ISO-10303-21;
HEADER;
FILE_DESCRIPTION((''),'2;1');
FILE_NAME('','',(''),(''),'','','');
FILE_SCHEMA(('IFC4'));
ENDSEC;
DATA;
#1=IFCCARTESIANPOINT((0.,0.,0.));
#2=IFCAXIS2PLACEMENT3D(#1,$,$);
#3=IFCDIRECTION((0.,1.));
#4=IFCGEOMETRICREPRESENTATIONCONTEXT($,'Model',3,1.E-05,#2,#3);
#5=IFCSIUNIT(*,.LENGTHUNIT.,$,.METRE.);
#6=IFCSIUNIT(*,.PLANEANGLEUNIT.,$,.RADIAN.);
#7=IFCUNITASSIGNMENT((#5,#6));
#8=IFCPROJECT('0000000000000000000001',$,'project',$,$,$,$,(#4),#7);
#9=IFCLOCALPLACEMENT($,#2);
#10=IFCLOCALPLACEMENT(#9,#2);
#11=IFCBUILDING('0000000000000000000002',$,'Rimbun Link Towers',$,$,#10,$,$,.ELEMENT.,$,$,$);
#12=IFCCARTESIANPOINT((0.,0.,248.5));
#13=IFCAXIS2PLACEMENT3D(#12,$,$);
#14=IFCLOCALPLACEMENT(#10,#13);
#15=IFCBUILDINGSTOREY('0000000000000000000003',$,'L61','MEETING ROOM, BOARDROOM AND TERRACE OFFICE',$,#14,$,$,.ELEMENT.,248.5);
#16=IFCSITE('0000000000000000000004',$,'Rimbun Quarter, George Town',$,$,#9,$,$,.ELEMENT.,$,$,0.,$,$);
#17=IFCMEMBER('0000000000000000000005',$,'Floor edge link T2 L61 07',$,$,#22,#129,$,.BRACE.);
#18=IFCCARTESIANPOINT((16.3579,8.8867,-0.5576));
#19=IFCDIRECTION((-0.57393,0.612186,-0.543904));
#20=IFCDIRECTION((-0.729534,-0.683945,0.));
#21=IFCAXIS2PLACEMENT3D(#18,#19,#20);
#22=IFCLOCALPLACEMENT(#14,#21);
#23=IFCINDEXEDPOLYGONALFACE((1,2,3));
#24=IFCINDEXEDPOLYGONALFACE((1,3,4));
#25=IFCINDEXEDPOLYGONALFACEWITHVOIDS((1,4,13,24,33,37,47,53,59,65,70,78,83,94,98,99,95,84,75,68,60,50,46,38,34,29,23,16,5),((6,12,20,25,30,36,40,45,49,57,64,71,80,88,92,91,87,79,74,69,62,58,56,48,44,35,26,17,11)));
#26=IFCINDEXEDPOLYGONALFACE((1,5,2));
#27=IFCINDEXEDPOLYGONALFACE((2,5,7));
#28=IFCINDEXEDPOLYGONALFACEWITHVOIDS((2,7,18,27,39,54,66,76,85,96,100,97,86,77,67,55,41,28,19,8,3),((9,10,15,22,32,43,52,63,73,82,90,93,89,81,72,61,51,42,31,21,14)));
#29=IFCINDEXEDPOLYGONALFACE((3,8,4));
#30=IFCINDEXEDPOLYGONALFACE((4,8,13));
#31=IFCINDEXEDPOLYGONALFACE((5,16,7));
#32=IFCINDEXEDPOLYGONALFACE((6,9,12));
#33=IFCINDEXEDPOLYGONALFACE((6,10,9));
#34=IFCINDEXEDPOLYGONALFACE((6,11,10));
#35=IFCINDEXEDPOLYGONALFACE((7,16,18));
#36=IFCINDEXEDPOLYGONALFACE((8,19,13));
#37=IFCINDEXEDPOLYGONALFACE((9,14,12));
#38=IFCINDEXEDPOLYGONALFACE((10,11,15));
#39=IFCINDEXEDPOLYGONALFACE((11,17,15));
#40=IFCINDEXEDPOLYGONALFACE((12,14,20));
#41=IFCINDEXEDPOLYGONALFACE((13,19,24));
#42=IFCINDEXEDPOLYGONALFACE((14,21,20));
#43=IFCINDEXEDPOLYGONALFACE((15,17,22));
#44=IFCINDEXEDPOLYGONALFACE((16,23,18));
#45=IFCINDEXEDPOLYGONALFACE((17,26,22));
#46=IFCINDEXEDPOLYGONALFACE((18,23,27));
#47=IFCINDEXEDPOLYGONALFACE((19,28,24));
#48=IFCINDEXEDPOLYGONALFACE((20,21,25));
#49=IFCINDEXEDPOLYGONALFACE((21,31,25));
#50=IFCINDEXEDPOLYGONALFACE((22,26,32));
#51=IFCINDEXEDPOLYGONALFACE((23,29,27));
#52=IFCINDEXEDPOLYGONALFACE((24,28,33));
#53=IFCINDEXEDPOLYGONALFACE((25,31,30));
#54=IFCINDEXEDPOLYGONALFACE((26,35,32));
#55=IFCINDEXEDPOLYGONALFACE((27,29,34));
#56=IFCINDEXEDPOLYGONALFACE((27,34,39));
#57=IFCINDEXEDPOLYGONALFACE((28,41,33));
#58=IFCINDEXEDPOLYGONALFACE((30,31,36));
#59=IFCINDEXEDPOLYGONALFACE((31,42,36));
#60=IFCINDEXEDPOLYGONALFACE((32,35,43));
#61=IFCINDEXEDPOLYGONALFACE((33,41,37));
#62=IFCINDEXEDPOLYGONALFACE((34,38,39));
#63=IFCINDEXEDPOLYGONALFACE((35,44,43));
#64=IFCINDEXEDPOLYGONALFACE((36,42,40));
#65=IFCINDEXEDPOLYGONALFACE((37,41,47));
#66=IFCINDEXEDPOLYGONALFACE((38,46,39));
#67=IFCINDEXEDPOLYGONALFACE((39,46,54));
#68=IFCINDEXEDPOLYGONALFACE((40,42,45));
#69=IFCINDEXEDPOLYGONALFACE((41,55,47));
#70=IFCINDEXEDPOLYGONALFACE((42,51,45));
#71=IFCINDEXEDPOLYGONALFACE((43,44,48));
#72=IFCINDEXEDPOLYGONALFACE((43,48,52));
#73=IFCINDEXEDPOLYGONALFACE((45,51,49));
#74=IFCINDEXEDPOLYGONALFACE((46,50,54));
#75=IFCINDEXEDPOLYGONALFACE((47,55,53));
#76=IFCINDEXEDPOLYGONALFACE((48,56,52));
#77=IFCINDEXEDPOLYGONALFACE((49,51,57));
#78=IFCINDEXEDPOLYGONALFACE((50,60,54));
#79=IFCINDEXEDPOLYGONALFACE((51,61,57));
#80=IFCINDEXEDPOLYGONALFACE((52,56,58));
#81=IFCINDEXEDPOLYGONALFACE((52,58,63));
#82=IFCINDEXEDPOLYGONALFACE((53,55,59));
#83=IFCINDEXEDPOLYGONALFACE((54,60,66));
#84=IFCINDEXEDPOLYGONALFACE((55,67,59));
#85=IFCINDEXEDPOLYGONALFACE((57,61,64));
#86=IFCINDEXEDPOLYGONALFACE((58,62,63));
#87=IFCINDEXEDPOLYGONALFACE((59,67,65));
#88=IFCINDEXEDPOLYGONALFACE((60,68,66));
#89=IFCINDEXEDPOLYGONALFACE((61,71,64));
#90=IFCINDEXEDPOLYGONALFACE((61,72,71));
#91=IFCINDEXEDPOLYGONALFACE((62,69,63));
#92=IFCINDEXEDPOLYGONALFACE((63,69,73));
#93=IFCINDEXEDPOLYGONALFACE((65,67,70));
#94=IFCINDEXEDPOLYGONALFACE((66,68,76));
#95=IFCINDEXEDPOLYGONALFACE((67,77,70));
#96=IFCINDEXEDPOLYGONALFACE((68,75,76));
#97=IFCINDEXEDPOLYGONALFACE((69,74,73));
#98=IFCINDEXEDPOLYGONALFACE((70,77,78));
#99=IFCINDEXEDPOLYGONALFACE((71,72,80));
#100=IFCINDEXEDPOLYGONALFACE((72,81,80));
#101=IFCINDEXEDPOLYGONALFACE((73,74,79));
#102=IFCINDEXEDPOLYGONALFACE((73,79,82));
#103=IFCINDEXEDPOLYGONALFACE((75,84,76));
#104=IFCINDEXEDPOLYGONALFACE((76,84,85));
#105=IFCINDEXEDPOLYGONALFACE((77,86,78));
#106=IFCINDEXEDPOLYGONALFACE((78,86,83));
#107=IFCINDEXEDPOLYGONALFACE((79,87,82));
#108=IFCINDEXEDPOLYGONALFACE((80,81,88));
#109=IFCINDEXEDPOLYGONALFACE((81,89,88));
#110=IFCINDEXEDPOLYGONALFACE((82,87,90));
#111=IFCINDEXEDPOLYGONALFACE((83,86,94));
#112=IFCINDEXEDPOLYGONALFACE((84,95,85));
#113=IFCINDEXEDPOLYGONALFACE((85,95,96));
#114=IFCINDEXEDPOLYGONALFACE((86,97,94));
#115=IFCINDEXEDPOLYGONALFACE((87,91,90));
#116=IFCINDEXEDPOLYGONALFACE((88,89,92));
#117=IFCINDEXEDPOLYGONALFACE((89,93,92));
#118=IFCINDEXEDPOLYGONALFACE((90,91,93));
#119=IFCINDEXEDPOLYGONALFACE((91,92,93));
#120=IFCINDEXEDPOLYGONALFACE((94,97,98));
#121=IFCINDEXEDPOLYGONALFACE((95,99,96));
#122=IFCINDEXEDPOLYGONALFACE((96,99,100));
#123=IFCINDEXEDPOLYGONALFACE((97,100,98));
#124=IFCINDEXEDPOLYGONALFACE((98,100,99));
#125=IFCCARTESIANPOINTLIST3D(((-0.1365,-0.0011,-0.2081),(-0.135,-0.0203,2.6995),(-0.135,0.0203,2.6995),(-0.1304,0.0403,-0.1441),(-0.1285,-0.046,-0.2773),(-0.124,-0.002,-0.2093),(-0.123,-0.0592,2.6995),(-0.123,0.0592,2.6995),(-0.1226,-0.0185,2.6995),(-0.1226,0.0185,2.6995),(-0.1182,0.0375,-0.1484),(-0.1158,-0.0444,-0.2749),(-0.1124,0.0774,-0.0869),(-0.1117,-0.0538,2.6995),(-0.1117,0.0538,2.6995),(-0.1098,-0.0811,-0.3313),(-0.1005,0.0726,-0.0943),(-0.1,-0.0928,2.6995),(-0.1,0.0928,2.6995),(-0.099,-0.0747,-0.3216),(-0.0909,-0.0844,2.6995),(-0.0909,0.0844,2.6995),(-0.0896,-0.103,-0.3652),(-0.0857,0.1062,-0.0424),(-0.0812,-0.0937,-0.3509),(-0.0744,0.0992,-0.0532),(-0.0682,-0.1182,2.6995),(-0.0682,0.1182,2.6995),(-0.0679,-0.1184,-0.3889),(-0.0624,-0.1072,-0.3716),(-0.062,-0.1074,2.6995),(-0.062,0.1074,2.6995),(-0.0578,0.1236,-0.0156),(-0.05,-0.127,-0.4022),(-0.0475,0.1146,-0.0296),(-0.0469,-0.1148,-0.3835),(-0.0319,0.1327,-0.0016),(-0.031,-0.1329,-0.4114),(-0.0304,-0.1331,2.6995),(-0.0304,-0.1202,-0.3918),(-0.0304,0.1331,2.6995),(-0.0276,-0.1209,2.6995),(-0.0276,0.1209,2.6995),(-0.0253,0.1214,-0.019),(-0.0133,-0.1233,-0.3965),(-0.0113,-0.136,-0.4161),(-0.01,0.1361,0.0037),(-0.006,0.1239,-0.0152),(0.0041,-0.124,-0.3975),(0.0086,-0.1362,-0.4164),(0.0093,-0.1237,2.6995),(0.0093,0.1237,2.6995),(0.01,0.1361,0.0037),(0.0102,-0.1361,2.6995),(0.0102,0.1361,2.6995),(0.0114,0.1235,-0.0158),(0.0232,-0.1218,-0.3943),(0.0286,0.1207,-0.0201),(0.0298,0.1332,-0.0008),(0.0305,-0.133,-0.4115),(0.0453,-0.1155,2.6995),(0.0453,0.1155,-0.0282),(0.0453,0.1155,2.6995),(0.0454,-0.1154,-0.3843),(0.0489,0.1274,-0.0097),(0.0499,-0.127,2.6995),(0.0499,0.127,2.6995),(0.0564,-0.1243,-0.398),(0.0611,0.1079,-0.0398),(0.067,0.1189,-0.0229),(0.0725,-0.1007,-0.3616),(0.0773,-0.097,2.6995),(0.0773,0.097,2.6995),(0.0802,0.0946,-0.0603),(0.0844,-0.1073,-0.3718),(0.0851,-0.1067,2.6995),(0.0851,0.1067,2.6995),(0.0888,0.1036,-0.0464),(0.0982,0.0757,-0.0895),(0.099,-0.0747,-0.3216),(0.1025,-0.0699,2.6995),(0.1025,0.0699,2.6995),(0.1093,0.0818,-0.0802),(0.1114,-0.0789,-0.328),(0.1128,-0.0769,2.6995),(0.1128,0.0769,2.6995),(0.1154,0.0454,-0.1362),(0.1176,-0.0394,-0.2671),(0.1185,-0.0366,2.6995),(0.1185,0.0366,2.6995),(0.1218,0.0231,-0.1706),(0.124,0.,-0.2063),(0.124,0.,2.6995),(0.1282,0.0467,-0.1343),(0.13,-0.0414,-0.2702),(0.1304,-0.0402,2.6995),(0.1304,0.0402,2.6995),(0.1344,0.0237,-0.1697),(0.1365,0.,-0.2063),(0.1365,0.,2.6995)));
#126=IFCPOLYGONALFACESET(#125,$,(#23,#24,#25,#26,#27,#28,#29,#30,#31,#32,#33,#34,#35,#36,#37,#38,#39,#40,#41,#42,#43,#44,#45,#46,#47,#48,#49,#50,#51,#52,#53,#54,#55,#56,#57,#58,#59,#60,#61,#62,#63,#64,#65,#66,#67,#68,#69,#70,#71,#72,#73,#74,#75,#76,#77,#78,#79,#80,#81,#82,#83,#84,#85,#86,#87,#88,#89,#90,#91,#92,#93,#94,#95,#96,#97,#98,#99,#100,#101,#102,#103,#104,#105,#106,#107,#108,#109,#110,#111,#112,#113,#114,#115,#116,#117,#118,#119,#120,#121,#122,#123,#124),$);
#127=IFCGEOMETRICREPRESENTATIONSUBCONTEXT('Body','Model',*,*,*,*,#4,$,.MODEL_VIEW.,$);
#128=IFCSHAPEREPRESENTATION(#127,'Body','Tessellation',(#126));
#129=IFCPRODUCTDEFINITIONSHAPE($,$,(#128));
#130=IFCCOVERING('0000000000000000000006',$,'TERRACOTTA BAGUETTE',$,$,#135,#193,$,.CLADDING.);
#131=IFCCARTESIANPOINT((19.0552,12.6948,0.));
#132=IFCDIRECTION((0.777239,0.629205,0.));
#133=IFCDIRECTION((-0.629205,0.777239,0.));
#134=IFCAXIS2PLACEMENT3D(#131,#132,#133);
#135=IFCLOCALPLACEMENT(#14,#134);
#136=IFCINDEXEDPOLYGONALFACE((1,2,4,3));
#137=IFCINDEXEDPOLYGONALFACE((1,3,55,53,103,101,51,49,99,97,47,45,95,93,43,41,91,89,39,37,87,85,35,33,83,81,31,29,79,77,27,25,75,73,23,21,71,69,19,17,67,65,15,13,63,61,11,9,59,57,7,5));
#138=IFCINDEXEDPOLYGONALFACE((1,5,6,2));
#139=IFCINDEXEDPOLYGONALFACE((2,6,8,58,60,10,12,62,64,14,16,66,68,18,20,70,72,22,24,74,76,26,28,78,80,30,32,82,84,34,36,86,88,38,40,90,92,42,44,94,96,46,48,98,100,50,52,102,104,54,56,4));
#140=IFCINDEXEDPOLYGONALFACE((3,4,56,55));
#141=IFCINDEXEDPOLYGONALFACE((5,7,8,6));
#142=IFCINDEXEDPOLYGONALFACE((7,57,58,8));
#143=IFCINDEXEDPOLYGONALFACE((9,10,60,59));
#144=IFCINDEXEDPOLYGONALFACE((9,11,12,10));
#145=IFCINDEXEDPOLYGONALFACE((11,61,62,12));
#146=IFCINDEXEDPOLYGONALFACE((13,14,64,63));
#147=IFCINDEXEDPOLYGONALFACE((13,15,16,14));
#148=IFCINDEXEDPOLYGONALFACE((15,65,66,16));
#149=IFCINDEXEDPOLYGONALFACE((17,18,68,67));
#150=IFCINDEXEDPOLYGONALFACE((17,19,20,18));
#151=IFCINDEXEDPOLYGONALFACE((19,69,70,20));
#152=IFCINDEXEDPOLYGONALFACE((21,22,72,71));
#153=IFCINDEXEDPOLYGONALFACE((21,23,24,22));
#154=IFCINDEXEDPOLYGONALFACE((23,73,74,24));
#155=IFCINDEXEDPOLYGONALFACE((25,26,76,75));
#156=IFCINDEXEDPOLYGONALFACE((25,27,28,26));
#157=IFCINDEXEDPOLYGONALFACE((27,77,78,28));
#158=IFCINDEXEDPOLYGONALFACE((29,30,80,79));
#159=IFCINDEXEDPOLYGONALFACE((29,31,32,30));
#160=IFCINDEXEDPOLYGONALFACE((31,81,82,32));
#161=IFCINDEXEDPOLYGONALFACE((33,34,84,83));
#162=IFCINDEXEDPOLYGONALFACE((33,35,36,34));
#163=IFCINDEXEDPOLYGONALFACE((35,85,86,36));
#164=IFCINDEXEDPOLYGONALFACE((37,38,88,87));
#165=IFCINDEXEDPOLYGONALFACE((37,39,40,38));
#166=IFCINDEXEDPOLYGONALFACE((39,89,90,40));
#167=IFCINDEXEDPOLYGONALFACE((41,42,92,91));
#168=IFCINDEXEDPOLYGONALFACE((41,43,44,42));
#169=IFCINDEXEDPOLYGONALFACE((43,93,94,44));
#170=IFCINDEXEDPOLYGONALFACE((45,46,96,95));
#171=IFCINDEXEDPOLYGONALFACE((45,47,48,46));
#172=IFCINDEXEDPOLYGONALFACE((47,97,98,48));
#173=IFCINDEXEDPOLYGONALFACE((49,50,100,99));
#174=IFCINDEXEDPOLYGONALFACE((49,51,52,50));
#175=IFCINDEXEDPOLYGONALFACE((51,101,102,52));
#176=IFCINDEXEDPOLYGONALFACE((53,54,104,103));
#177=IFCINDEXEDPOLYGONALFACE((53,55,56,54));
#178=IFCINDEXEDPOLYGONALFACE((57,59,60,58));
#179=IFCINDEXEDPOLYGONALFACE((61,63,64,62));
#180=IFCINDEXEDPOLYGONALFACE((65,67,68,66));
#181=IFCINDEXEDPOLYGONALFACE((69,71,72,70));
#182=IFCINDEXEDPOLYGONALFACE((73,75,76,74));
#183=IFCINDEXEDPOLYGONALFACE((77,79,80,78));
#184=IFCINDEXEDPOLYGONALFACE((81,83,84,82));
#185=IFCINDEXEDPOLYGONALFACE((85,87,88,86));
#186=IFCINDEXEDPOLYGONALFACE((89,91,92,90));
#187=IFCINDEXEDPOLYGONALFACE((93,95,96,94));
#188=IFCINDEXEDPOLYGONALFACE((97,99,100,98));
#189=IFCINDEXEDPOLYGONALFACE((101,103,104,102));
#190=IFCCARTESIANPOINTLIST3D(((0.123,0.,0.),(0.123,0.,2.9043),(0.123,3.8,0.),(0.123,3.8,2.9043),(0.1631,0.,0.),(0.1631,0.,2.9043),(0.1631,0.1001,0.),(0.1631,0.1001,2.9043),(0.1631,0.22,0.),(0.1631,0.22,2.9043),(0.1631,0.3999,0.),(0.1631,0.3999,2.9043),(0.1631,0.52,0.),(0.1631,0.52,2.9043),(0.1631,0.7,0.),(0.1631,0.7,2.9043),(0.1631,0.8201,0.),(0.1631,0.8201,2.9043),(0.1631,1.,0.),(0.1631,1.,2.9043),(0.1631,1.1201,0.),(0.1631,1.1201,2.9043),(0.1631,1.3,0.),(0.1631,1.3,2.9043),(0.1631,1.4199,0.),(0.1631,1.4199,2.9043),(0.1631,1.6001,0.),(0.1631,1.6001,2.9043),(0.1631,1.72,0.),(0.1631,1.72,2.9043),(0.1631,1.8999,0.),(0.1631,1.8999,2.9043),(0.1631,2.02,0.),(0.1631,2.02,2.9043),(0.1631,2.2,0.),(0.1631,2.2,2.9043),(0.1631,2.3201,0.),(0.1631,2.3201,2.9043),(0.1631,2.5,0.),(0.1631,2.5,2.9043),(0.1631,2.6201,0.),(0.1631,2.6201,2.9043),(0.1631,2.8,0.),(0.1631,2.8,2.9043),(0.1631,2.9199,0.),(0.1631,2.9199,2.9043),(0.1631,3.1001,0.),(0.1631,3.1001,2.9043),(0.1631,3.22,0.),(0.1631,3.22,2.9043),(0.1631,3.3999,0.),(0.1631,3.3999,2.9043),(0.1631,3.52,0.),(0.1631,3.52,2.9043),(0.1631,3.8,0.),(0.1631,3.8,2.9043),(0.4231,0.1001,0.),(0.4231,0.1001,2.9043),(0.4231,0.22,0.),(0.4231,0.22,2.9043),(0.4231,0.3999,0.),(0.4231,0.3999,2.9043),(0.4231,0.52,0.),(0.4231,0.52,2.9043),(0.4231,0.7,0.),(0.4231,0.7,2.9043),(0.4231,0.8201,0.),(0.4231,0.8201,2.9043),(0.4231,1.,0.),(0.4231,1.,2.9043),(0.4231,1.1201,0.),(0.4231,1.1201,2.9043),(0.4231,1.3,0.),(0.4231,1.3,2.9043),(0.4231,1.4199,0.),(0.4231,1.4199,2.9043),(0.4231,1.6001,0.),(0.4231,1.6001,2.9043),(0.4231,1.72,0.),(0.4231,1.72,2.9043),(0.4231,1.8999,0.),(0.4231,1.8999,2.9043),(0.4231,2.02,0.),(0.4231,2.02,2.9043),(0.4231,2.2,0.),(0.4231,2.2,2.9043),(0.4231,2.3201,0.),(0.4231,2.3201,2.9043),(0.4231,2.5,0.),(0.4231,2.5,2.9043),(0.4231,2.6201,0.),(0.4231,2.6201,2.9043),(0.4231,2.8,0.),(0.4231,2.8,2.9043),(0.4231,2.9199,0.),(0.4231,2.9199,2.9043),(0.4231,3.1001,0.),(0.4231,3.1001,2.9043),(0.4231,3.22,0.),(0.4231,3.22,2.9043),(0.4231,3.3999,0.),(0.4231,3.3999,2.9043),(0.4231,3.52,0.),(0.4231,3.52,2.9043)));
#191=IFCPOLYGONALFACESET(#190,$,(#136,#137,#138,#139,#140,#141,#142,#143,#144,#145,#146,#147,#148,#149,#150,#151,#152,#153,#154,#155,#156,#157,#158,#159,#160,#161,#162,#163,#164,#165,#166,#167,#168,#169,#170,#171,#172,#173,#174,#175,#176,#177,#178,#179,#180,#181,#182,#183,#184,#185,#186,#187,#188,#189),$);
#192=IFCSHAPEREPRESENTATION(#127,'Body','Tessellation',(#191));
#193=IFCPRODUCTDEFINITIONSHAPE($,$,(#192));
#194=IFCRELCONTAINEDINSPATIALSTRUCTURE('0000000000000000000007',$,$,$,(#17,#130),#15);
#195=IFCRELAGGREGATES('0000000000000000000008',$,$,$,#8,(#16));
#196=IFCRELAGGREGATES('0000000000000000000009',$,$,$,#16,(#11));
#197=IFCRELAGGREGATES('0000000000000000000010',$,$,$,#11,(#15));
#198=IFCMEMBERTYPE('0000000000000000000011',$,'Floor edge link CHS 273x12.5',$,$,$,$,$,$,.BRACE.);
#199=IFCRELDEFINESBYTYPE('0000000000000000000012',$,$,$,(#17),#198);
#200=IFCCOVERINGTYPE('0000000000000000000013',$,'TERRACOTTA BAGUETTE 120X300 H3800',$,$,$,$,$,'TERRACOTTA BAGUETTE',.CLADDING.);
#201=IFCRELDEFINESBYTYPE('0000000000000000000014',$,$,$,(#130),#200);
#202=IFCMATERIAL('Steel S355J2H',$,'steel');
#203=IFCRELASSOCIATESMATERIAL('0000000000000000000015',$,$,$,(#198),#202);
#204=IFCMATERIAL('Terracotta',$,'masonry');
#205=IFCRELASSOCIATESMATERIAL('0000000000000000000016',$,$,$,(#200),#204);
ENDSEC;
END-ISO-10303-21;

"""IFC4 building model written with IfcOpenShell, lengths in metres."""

from ifc_helpers import new_model, si_unit, direction, frame, origin, origin_2d, place, context, subcontext, project, spatial, polyline, hollow_circle, outline, extrude, clip, halfspace, material, material_profile, profile_set, type_object, element, save


model = new_model("IFC4")

# Units and contexts
model_context = context("Model", 3, precision=1e-05, world=origin(), true_north=direction((0.0, 1.0)))
body_context = subcontext(model_context, "Body", "Model", "MODEL_VIEW")
ifc_project = project(units=[si_unit("LENGTHUNIT", "METRE"), si_unit("PLANEANGLEUNIT", "RADIAN")], contexts=[model_context])

# Site, building, storey
site_placement = place(None, origin())
site = spatial("IfcSite", under=ifc_project, at=site_placement, Name="Rimbun Quarter, George Town", CompositionType="ELEMENT", RefElevation=0.0)
building_placement = place(site_placement, origin())
building = spatial("IfcBuilding", under=site, at=building_placement, Name="Rimbun Link Towers", CompositionType="ELEMENT")
storey_placement = place(building_placement, frame((0.0, 0.0, 248.5)))
storey = spatial("IfcBuildingStorey", under=building, at=storey_placement, Name="L61", Description="MEETING ROOM, BOARDROOM AND TERRACE OFFICE", CompositionType="ELEMENT", Elevation=248.5)

# Member
ifc_material_1 = material(Name="Steel S355J2H", Category="steel")
ifc_material_profile_1 = material_profile(ifc_material_1, hollow_circle(Radius=0.1365, WallThickness=0.0125, at=origin_2d()), Name="CHS 273x12.5")
ifc_profile_set_1 = profile_set([ifc_material_profile_1], Name="Steel S355J2H")
member_type_1 = type_object("IfcMemberType", Name="Floor edge link CHS 273x12.5", PredefinedType="BRACE", material=ifc_profile_set_1)
member_1_placement = place(storey_placement, frame((16.3579, 8.8867, -0.5576), z_axis=(-0.57393, 0.612186, -0.543904), x_axis=(-0.729534, -0.683945, 0.0)))
element("IfcMember", 1, at=member_1_placement, inside=storey, type_object=member_type_1, Name="Floor edge link T2 L61 07", PredefinedType="BRACE", context=body_context, shape_type="Clipping", body=[
    clip(extrude(hollow_circle(Radius=0.1365, WallThickness=0.0125, at=origin_2d()), frame((0.0, 0.0, -0.4397)), (0.0, 0.0, 1.0), 3.1392), halfspace(frame((0.0, 0.0, -0.2063), z_axis=(0.0, 0.839147, -0.543904)), False)),
])

# Covering
ifc_material_2 = material(Name="Terracotta", Category="masonry")
ifc_material_profile_2 = material_profile(ifc_material_2, outline(polyline([(0.123, 0.0), (0.1631, 0.0), (0.1631, 0.1001), (0.4231, 0.1001), (0.4231, 0.22), (0.1631, 0.22), (0.1631, 0.3999), (0.4231, 0.3999), (0.4231, 0.52), (0.1631, 0.52), (0.1631, 0.7), (0.4231, 0.7), (0.4231, 0.8201), (0.1631, 0.8201), (0.1631, 1.0), (0.4231, 1.0), (0.4231, 1.1201), (0.1631, 1.1201), (0.1631, 1.3), (0.4231, 1.3), (0.4231, 1.4199), (0.1631, 1.4199), (0.1631, 1.6001), (0.4231, 1.6001), (0.4231, 1.72), (0.1631, 1.72), (0.1631, 1.8999), (0.4231, 1.8999), (0.4231, 2.02), (0.1631, 2.02), (0.1631, 2.2), (0.4231, 2.2), (0.4231, 2.3201), (0.1631, 2.3201), (0.1631, 2.5), (0.4231, 2.5), (0.4231, 2.6201), (0.1631, 2.6201), (0.1631, 2.8), (0.4231, 2.8), (0.4231, 2.9199), (0.1631, 2.9199), (0.1631, 3.1001), (0.4231, 3.1001), (0.4231, 3.22), (0.1631, 3.22), (0.1631, 3.3999), (0.4231, 3.3999), (0.4231, 3.52), (0.1631, 3.52), (0.1631, 3.8), (0.123, 3.8), (0.123, 0.0)])), Name="BAGUETTE 120X300")
ifc_profile_set_2 = profile_set([ifc_material_profile_2], Name="Terracotta")
covering_type = type_object("IfcCoveringType", Name="TERRACOTTA BAGUETTE 120X300 H3800", ElementType="TERRACOTTA BAGUETTE", PredefinedType="CLADDING", material=ifc_profile_set_2)
for number, where, z_axis, x_axis, name in (
    (2, (19.0552, 12.6948, 0.0), (0.777239, 0.629205, 0.0), (-0.629205, 0.777239, 0.0), "TERRACOTTA BAGUETTE"),
):
    element("IfcCovering", number, at=place(storey_placement, frame(where, z_axis=z_axis, x_axis=x_axis)), inside=storey, type_object=covering_type, Name=name, PredefinedType="CLADDING", context=body_context, shape_type="SweptSolid", body=[
        extrude(outline(polyline([(0.123, 0.0), (0.1631, 0.0), (0.1631, 0.1001), (0.4231, 0.1001), (0.4231, 0.22), (0.1631, 0.22), (0.1631, 0.3999), (0.4231, 0.3999), (0.4231, 0.52), (0.1631, 0.52), (0.1631, 0.7), (0.4231, 0.7), (0.4231, 0.8201), (0.1631, 0.8201), (0.1631, 1.0), (0.4231, 1.0), (0.4231, 1.1201), (0.1631, 1.1201), (0.1631, 1.3), (0.4231, 1.3), (0.4231, 1.4199), (0.1631, 1.4199), (0.1631, 1.6001), (0.4231, 1.6001), (0.4231, 1.72), (0.1631, 1.72), (0.1631, 1.8999), (0.4231, 1.8999), (0.4231, 2.02), (0.1631, 2.02), (0.1631, 2.2), (0.4231, 2.2), (0.4231, 2.3201), (0.1631, 2.3201), (0.1631, 2.5), (0.4231, 2.5), (0.4231, 2.6201), (0.1631, 2.6201), (0.1631, 2.8), (0.4231, 2.8), (0.4231, 2.9199), (0.1631, 2.9199), (0.1631, 3.1001), (0.4231, 3.1001), (0.4231, 3.22), (0.1631, 3.22), (0.1631, 3.3999), (0.4231, 3.3999), (0.4231, 3.52), (0.1631, 3.52), (0.1631, 3.8), (0.123, 3.8), (0.123, 0.0)])), origin(), (0.0, 0.0, 1.0), 2.9043),
    ])

save(model, "model.ifc")
